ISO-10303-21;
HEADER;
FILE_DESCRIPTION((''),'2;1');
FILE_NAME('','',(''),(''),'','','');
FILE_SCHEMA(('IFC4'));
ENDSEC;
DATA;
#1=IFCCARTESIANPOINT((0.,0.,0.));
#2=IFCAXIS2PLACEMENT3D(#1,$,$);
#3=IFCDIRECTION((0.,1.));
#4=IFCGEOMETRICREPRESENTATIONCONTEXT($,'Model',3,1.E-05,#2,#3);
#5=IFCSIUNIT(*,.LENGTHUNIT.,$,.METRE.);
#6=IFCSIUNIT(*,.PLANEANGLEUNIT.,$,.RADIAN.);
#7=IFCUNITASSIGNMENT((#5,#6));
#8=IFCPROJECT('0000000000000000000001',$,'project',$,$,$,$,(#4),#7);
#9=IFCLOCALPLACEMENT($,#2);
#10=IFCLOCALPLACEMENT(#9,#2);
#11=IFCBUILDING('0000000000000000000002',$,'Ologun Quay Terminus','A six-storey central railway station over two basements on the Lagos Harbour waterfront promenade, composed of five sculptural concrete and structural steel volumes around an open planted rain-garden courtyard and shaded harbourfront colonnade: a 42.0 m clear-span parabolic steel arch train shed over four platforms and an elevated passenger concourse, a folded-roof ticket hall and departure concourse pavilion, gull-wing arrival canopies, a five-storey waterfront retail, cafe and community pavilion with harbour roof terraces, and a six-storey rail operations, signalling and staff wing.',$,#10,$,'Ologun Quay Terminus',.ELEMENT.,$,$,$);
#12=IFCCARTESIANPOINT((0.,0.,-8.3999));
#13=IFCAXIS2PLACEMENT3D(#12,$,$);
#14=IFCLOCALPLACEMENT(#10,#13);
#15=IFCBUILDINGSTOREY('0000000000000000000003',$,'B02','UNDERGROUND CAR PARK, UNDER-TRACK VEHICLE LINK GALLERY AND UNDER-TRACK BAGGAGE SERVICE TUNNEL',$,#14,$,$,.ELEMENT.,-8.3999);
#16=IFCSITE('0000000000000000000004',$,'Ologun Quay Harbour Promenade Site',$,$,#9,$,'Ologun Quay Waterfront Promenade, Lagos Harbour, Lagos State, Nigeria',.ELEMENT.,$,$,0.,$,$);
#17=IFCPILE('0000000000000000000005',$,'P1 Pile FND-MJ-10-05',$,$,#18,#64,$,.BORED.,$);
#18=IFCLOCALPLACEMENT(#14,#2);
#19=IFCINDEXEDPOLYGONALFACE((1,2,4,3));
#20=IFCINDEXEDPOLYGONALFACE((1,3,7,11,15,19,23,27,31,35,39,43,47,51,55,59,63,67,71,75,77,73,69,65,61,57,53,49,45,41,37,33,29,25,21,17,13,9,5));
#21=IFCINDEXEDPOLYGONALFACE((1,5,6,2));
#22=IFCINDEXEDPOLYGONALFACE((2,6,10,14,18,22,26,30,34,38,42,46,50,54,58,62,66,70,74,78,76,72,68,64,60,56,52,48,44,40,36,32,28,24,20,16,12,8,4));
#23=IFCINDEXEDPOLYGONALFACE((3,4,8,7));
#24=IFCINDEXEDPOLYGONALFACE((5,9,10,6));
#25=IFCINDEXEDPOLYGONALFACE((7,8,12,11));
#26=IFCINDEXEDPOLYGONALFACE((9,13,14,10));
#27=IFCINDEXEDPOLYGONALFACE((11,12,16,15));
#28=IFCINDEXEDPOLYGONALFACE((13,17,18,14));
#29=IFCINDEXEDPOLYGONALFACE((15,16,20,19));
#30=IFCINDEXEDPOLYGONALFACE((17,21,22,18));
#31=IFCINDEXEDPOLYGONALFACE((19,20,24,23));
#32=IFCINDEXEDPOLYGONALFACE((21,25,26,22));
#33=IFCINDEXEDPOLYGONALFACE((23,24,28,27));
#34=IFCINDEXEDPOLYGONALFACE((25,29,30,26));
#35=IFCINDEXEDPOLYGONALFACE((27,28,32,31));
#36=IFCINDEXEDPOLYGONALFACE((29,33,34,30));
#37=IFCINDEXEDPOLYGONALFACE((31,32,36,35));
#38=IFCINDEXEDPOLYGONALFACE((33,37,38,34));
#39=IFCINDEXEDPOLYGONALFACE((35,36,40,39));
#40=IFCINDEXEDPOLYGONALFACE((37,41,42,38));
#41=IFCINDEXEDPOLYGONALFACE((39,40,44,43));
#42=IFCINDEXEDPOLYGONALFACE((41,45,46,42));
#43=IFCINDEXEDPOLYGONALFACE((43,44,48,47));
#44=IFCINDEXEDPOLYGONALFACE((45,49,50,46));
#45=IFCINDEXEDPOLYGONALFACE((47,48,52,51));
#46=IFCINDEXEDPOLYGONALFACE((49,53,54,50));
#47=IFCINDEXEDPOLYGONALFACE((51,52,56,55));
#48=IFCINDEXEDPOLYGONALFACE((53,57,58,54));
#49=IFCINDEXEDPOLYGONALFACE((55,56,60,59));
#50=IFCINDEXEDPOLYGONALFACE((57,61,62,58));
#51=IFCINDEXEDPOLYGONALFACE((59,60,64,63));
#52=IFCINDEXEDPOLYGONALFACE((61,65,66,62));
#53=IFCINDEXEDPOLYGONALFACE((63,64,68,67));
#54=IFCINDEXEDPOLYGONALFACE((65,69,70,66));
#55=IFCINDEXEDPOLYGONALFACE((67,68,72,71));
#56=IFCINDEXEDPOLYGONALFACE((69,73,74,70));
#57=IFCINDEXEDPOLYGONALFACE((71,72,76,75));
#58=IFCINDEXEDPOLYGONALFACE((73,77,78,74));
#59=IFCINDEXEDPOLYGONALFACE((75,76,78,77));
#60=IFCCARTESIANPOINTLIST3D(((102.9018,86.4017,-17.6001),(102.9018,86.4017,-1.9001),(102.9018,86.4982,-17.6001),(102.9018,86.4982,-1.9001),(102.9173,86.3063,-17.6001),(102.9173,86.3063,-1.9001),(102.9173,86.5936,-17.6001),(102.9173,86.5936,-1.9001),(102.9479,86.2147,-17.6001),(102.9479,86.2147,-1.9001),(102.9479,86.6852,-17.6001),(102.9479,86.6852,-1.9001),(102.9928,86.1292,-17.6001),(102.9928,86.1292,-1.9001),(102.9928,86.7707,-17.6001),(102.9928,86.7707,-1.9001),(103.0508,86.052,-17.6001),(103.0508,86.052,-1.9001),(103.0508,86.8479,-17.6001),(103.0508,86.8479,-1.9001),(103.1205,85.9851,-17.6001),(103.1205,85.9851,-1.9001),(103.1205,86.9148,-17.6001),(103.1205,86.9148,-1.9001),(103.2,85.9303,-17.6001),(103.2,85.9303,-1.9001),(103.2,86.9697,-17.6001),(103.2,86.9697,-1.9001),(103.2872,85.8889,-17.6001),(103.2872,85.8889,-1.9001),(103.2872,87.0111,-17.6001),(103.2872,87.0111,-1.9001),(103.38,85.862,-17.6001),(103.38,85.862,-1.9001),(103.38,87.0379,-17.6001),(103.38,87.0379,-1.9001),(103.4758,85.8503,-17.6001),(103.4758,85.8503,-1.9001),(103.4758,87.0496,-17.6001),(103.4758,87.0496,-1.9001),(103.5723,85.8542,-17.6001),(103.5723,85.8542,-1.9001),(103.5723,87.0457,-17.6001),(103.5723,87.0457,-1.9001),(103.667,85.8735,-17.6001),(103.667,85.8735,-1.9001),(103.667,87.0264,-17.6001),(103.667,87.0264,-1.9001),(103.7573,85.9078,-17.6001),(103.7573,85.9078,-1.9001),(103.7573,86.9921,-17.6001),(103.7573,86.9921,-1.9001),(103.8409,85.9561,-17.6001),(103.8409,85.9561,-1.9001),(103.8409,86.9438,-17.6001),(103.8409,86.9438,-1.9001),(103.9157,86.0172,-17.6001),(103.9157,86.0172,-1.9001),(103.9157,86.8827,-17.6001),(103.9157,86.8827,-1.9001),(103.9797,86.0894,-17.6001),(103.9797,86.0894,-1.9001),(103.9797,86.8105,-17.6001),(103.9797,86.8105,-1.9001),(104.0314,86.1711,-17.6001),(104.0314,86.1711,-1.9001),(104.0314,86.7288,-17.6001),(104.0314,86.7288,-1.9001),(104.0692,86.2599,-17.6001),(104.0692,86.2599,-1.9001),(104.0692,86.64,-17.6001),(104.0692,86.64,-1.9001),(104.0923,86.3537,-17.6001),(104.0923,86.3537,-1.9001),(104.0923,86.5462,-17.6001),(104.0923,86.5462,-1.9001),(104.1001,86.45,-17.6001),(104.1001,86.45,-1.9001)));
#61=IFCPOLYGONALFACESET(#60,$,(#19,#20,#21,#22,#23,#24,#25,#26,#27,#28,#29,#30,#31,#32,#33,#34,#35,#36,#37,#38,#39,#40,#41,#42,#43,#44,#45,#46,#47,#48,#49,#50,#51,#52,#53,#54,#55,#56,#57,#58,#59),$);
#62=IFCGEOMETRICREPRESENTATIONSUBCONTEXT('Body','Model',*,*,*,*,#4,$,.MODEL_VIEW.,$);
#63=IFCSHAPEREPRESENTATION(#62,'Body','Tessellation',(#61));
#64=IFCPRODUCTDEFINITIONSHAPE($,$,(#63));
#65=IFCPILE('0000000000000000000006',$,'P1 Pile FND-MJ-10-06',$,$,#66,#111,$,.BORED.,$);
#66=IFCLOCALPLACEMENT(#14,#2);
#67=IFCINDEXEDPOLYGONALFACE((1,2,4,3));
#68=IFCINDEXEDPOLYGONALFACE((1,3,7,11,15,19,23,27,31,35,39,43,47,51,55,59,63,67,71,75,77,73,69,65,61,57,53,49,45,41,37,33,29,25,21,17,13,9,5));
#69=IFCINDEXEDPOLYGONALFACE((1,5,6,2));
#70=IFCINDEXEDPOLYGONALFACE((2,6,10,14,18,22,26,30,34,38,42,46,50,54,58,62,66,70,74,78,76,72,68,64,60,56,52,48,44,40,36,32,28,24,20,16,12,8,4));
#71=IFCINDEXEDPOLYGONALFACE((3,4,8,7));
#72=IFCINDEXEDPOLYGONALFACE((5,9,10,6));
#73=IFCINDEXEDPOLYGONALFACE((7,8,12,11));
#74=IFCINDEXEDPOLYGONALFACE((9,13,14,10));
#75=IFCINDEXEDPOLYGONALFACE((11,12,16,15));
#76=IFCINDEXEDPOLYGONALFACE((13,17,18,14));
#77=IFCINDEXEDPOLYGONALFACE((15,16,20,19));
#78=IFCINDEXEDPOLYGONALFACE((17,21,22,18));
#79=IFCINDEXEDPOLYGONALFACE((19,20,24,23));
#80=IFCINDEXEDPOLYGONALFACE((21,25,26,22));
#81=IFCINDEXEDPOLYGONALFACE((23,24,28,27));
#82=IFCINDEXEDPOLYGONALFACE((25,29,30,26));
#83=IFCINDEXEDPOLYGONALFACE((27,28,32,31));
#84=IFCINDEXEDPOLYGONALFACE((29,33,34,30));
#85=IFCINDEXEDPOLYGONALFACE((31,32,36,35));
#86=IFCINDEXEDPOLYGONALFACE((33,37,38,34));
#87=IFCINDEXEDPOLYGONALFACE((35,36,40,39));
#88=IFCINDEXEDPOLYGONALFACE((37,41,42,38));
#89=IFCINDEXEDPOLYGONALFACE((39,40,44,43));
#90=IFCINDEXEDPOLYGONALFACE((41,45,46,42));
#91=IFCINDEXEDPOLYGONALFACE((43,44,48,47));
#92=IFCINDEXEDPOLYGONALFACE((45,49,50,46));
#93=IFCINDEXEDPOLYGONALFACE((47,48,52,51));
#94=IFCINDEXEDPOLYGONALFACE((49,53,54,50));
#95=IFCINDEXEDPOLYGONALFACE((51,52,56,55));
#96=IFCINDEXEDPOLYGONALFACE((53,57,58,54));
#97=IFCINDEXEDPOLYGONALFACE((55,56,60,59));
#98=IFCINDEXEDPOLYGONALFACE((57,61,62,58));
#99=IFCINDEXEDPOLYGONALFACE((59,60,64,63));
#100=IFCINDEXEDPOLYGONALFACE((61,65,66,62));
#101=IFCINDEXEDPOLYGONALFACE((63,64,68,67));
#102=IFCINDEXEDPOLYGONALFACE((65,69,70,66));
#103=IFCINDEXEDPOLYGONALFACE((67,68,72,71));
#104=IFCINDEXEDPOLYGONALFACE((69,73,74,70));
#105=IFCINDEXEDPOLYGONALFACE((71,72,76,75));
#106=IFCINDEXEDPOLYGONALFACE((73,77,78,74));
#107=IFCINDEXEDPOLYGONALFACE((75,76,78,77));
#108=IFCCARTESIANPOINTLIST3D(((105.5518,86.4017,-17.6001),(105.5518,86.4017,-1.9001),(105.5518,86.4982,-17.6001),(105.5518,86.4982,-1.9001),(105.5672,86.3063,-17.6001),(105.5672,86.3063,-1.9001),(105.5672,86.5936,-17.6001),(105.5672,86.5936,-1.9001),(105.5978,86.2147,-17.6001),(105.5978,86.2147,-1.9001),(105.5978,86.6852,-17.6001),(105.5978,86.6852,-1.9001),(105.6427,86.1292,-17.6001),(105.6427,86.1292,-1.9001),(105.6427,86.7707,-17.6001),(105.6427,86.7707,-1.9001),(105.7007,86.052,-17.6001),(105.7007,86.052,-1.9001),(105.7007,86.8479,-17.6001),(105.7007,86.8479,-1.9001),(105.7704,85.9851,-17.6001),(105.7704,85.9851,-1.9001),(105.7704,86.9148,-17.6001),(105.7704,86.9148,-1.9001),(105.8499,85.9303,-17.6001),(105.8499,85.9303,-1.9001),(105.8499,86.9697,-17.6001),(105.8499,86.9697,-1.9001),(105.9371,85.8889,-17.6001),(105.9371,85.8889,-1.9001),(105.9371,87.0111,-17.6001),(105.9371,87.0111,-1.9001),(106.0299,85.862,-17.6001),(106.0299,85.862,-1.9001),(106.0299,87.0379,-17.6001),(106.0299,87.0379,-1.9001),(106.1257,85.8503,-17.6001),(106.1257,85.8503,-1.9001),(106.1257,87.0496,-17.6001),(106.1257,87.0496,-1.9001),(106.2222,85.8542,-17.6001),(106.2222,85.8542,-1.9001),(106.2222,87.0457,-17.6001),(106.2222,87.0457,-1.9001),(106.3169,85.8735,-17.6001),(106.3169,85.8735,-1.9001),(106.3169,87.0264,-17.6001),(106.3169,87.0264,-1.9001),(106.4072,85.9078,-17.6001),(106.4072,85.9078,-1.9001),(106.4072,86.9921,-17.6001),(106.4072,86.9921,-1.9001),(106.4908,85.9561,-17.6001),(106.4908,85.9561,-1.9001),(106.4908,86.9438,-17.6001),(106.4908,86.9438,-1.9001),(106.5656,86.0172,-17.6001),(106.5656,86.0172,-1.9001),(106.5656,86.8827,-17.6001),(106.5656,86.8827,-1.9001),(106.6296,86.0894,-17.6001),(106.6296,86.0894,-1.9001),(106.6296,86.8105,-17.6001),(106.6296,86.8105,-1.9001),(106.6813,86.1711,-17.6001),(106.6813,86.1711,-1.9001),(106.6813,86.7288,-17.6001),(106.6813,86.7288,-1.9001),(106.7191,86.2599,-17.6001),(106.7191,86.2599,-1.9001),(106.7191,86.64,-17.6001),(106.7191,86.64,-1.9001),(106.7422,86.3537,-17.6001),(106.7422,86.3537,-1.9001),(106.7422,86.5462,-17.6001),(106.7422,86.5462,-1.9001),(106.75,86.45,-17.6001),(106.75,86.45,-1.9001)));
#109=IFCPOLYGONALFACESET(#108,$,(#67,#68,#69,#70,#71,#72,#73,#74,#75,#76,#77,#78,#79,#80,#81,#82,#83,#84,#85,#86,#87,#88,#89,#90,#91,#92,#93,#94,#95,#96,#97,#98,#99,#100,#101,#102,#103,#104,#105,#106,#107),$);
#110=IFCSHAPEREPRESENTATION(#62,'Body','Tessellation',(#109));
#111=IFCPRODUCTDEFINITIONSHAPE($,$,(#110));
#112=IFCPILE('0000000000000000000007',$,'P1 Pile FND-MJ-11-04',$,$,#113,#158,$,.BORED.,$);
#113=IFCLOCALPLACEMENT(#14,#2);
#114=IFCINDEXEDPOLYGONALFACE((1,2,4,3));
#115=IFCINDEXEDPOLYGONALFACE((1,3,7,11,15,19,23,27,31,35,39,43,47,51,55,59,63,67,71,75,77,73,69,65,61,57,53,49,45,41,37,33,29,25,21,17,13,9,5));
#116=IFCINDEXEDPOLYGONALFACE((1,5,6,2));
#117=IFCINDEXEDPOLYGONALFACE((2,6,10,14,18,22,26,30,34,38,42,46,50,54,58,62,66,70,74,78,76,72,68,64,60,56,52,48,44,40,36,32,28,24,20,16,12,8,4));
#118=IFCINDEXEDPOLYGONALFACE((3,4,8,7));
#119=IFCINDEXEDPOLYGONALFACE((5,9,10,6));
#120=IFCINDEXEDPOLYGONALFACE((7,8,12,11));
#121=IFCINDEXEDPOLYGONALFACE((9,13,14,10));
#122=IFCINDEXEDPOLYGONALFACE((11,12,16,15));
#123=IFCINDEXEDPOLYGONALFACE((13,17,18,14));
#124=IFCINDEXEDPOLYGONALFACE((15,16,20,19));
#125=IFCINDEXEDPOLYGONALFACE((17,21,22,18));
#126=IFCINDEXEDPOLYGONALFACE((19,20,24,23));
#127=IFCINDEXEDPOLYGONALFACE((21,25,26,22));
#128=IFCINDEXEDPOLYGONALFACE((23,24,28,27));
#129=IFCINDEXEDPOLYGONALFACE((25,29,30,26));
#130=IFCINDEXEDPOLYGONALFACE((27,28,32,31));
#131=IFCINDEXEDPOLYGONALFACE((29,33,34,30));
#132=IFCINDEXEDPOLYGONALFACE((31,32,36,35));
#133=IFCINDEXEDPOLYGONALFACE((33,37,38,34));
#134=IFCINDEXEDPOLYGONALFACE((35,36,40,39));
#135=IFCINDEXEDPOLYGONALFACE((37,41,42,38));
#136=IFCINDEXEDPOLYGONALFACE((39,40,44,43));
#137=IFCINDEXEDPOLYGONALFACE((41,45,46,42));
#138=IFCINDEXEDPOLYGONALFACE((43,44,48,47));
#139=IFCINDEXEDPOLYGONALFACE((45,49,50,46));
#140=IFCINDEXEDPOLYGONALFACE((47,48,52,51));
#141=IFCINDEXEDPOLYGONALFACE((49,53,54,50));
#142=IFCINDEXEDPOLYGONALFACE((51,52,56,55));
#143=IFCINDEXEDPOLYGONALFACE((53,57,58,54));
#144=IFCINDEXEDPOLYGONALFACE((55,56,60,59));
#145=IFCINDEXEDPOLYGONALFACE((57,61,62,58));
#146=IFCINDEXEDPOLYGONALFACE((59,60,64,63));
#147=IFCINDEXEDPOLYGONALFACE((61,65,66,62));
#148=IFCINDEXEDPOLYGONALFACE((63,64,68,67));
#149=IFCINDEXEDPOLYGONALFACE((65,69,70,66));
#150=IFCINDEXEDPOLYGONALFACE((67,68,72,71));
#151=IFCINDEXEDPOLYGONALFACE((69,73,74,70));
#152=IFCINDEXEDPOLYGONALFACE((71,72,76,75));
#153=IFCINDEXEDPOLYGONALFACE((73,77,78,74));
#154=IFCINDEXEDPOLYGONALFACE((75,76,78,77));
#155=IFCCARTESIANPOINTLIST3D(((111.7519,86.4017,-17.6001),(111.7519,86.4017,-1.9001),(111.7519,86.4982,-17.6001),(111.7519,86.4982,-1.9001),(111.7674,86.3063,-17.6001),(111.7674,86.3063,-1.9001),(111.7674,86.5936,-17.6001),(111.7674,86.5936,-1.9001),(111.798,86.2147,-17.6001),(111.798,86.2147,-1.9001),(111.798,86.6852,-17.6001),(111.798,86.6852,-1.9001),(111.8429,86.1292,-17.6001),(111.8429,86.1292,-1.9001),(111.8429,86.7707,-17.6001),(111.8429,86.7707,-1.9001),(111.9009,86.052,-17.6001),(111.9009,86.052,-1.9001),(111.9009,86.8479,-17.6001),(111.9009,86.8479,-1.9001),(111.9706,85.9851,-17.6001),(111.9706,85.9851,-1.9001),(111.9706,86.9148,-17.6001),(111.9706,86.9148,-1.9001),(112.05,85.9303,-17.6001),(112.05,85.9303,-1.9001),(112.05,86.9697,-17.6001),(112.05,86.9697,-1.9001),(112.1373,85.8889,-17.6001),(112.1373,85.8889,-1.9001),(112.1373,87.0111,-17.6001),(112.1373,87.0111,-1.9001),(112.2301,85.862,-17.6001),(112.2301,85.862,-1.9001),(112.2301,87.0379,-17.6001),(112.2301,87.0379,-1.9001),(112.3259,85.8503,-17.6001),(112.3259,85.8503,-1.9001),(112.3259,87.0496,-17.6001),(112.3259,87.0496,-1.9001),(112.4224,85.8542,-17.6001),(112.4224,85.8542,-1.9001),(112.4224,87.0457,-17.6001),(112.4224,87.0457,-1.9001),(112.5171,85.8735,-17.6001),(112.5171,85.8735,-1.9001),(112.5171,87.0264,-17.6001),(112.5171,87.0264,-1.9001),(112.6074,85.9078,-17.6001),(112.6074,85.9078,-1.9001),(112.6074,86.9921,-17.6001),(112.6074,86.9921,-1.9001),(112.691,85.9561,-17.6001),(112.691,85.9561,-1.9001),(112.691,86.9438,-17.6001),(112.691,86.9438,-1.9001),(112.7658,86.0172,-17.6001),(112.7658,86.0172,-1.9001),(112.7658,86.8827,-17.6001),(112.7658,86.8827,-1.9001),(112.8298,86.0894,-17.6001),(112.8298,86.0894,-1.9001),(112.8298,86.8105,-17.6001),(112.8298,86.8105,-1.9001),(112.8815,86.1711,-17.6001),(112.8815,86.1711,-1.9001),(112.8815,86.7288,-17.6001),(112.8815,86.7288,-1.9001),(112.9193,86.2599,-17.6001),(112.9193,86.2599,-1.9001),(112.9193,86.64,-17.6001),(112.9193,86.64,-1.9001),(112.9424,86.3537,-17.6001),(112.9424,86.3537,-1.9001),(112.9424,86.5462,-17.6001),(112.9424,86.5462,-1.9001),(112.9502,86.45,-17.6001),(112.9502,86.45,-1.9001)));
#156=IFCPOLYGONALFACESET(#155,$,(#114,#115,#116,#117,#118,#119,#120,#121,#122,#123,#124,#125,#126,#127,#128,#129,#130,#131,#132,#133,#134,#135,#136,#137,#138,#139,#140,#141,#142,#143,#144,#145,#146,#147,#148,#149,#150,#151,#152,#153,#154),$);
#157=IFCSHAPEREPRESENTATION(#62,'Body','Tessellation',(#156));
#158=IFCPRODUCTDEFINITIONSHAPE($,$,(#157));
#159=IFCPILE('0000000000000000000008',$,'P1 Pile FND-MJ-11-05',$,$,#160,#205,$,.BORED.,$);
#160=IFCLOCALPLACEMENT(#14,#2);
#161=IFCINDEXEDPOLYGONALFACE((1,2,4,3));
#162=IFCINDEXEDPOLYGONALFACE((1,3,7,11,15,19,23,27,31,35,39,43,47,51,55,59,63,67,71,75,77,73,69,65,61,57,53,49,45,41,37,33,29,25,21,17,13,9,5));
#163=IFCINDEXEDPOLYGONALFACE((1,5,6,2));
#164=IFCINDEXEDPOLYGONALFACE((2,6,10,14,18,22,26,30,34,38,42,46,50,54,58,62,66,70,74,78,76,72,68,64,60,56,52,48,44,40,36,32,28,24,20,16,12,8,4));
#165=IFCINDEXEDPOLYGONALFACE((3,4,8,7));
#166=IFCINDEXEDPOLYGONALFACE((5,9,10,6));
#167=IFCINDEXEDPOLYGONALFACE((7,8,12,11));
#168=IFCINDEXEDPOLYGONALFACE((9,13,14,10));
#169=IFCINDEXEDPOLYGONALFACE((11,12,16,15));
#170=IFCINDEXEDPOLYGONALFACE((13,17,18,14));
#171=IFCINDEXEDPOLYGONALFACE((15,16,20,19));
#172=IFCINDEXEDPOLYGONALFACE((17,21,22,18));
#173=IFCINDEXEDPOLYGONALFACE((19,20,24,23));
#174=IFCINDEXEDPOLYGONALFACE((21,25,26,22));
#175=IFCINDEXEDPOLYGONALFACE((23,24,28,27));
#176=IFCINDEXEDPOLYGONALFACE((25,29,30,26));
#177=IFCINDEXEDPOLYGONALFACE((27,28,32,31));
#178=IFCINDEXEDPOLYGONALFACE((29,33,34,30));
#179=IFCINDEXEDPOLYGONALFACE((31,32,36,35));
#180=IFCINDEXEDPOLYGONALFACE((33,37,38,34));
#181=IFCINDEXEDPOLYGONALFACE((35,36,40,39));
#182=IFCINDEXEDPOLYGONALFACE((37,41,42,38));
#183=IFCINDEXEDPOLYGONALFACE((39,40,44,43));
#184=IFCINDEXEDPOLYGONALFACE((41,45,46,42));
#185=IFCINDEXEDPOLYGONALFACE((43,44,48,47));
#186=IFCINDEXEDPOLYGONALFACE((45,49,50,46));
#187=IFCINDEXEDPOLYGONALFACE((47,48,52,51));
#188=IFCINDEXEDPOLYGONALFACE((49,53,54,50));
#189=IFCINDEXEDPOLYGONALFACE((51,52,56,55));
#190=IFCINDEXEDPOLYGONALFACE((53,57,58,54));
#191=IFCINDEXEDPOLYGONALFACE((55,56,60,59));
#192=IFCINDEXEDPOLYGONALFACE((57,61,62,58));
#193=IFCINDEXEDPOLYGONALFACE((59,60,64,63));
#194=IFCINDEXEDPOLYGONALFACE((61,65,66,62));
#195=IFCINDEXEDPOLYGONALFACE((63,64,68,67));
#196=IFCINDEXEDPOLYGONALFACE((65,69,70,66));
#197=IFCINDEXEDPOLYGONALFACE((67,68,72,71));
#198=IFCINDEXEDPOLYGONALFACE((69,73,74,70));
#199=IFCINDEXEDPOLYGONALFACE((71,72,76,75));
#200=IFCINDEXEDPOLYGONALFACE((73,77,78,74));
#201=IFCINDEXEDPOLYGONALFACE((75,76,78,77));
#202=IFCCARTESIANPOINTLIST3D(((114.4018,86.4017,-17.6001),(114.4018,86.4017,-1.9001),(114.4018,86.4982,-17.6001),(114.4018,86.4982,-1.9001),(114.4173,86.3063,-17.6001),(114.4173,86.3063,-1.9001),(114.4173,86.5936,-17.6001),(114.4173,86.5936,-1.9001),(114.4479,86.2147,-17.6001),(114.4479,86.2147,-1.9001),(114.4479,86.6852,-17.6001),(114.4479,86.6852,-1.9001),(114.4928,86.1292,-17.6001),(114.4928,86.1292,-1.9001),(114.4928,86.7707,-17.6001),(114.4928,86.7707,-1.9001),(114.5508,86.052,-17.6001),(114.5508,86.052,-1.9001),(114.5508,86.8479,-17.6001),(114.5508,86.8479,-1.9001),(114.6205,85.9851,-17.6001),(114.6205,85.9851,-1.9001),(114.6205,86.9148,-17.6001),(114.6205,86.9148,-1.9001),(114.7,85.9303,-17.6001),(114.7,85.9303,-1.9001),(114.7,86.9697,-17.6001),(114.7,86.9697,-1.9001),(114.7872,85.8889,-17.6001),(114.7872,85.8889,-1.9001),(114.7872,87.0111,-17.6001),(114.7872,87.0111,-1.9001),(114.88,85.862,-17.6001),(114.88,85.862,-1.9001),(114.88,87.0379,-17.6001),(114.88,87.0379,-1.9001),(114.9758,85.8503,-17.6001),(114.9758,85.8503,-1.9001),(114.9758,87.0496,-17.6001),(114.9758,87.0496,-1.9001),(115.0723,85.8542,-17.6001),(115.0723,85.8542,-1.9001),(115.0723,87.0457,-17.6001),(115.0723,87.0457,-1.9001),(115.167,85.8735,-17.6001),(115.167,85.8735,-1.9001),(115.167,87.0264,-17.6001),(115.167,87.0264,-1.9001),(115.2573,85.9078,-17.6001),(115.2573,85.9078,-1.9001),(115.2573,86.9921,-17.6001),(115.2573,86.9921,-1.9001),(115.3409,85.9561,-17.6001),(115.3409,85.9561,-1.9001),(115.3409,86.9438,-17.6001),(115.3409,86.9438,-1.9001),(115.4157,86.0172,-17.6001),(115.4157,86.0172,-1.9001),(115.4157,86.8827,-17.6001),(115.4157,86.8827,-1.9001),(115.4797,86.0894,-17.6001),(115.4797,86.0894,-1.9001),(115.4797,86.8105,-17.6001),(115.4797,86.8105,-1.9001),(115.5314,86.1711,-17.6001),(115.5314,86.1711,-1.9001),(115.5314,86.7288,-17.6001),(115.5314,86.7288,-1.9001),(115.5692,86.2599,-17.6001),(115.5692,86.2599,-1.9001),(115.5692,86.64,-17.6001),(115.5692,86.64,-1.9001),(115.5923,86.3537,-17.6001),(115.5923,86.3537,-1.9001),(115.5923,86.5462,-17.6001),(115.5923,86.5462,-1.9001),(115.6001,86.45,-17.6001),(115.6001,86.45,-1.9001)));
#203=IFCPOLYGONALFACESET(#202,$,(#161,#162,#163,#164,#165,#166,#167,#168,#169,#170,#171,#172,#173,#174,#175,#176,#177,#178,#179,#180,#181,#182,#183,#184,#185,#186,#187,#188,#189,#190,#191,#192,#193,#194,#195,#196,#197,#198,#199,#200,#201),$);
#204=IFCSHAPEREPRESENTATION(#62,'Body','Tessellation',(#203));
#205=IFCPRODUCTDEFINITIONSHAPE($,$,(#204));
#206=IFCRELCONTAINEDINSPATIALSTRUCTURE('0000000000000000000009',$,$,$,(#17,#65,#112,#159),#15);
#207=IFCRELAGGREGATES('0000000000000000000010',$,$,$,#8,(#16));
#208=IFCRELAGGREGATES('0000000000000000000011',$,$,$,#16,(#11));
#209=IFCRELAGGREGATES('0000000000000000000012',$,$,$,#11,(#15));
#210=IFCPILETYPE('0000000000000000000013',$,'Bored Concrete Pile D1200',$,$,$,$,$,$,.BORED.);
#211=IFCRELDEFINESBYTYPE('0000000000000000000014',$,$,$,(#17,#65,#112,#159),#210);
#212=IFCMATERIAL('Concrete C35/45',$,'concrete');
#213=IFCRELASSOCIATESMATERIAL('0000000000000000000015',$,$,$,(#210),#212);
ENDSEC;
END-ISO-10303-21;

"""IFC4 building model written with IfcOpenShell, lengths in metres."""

from ifc_helpers import new_model, si_unit, direction, frame, origin, origin_2d, place, context, subcontext, project, spatial, circle, extrude, material, material_profile, profile_set, type_object, element, save


model = new_model("IFC4")

# Units and contexts
model_context = context("Model", 3, precision=1e-05, world=origin(), true_north=direction((0.0, 1.0)))
body_context = subcontext(model_context, "Body", "Model", "MODEL_VIEW")
ifc_project = project(units=[si_unit("LENGTHUNIT", "METRE"), si_unit("PLANEANGLEUNIT", "RADIAN")], contexts=[model_context])

# Site, building, storey
site_placement = place(None, origin())
site = spatial("IfcSite", under=ifc_project, at=site_placement, Name="Ologun Quay Harbour Promenade Site", LongName="Ologun Quay Waterfront Promenade, Lagos Harbour, Lagos State, Nigeria", CompositionType="ELEMENT", RefElevation=0.0)
building_placement = place(site_placement, origin())
building = spatial("IfcBuilding", under=site, at=building_placement, Name="Ologun Quay Terminus", Description="A six-storey central railway station over two basements on the Lagos Harbour waterfront promenade, composed of five sculptural concrete and structural steel volumes around an open planted rain-garden courtyard and shaded harbourfront colonnade: a 42.0 m clear-span parabolic steel arch train shed over four platforms and an elevated passenger concourse, a folded-roof ticket hall and departure concourse pavilion, gull-wing arrival canopies, a five-storey waterfront retail, cafe and community pavilion with harbour roof terraces, and a six-storey rail operations, signalling and staff wing.", LongName="Ologun Quay Terminus", CompositionType="ELEMENT")
storey_placement = place(building_placement, frame((0.0, 0.0, -8.3999)))
storey = spatial("IfcBuildingStorey", under=building, at=storey_placement, Name="B02", Description="UNDERGROUND CAR PARK, UNDER-TRACK VEHICLE LINK GALLERY AND UNDER-TRACK BAGGAGE SERVICE TUNNEL", CompositionType="ELEMENT", Elevation=-8.3999)

# Piles
ifc_material_1 = material(Name="Concrete C35/45", Category="concrete")
ifc_material_profile_1 = material_profile(ifc_material_1, circle(Radius=0.6001, at=origin_2d()), Name="PILE D1200")
ifc_profile_set_1 = profile_set([ifc_material_profile_1], Name="Concrete C35/45")
pile_type = type_object("IfcPileType", Name="Bored Concrete Pile D1200", PredefinedType="BORED", material=ifc_profile_set_1)
for number, where, z_axis, x_axis, name in (
    (1, (103.5, 86.45, -1.9001), (0.0, 0.0, -1.0), (1.0, 0.0, 0.0), "P1 Pile FND-MJ-10-05"),
    (2, (106.1499, 86.45, -1.9001), (0.0, 0.0, -1.0), (1.0, 0.0, 0.0), "P1 Pile FND-MJ-10-06"),
    (3, (112.3501, 86.45, -1.9001), (0.0, 0.0, -1.0), (1.0, 0.0, 0.0), "P1 Pile FND-MJ-11-04"),
    (4, (115.0, 86.45, -1.9001), (0.0, 0.0, -1.0), (1.0, 0.0, 0.0), "P1 Pile FND-MJ-11-05"),
):
    element("IfcPile", number, at=place(storey_placement, frame(where, z_axis=z_axis, x_axis=x_axis)), inside=storey, type_object=pile_type, Name=name, PredefinedType="BORED", context=body_context, shape_type="SweptSolid", body=[
        extrude(circle(Radius=0.6001, at=origin_2d()), origin(), (0.0, 0.0, 1.0), 15.7),
    ])

save(model, "model.ifc")
